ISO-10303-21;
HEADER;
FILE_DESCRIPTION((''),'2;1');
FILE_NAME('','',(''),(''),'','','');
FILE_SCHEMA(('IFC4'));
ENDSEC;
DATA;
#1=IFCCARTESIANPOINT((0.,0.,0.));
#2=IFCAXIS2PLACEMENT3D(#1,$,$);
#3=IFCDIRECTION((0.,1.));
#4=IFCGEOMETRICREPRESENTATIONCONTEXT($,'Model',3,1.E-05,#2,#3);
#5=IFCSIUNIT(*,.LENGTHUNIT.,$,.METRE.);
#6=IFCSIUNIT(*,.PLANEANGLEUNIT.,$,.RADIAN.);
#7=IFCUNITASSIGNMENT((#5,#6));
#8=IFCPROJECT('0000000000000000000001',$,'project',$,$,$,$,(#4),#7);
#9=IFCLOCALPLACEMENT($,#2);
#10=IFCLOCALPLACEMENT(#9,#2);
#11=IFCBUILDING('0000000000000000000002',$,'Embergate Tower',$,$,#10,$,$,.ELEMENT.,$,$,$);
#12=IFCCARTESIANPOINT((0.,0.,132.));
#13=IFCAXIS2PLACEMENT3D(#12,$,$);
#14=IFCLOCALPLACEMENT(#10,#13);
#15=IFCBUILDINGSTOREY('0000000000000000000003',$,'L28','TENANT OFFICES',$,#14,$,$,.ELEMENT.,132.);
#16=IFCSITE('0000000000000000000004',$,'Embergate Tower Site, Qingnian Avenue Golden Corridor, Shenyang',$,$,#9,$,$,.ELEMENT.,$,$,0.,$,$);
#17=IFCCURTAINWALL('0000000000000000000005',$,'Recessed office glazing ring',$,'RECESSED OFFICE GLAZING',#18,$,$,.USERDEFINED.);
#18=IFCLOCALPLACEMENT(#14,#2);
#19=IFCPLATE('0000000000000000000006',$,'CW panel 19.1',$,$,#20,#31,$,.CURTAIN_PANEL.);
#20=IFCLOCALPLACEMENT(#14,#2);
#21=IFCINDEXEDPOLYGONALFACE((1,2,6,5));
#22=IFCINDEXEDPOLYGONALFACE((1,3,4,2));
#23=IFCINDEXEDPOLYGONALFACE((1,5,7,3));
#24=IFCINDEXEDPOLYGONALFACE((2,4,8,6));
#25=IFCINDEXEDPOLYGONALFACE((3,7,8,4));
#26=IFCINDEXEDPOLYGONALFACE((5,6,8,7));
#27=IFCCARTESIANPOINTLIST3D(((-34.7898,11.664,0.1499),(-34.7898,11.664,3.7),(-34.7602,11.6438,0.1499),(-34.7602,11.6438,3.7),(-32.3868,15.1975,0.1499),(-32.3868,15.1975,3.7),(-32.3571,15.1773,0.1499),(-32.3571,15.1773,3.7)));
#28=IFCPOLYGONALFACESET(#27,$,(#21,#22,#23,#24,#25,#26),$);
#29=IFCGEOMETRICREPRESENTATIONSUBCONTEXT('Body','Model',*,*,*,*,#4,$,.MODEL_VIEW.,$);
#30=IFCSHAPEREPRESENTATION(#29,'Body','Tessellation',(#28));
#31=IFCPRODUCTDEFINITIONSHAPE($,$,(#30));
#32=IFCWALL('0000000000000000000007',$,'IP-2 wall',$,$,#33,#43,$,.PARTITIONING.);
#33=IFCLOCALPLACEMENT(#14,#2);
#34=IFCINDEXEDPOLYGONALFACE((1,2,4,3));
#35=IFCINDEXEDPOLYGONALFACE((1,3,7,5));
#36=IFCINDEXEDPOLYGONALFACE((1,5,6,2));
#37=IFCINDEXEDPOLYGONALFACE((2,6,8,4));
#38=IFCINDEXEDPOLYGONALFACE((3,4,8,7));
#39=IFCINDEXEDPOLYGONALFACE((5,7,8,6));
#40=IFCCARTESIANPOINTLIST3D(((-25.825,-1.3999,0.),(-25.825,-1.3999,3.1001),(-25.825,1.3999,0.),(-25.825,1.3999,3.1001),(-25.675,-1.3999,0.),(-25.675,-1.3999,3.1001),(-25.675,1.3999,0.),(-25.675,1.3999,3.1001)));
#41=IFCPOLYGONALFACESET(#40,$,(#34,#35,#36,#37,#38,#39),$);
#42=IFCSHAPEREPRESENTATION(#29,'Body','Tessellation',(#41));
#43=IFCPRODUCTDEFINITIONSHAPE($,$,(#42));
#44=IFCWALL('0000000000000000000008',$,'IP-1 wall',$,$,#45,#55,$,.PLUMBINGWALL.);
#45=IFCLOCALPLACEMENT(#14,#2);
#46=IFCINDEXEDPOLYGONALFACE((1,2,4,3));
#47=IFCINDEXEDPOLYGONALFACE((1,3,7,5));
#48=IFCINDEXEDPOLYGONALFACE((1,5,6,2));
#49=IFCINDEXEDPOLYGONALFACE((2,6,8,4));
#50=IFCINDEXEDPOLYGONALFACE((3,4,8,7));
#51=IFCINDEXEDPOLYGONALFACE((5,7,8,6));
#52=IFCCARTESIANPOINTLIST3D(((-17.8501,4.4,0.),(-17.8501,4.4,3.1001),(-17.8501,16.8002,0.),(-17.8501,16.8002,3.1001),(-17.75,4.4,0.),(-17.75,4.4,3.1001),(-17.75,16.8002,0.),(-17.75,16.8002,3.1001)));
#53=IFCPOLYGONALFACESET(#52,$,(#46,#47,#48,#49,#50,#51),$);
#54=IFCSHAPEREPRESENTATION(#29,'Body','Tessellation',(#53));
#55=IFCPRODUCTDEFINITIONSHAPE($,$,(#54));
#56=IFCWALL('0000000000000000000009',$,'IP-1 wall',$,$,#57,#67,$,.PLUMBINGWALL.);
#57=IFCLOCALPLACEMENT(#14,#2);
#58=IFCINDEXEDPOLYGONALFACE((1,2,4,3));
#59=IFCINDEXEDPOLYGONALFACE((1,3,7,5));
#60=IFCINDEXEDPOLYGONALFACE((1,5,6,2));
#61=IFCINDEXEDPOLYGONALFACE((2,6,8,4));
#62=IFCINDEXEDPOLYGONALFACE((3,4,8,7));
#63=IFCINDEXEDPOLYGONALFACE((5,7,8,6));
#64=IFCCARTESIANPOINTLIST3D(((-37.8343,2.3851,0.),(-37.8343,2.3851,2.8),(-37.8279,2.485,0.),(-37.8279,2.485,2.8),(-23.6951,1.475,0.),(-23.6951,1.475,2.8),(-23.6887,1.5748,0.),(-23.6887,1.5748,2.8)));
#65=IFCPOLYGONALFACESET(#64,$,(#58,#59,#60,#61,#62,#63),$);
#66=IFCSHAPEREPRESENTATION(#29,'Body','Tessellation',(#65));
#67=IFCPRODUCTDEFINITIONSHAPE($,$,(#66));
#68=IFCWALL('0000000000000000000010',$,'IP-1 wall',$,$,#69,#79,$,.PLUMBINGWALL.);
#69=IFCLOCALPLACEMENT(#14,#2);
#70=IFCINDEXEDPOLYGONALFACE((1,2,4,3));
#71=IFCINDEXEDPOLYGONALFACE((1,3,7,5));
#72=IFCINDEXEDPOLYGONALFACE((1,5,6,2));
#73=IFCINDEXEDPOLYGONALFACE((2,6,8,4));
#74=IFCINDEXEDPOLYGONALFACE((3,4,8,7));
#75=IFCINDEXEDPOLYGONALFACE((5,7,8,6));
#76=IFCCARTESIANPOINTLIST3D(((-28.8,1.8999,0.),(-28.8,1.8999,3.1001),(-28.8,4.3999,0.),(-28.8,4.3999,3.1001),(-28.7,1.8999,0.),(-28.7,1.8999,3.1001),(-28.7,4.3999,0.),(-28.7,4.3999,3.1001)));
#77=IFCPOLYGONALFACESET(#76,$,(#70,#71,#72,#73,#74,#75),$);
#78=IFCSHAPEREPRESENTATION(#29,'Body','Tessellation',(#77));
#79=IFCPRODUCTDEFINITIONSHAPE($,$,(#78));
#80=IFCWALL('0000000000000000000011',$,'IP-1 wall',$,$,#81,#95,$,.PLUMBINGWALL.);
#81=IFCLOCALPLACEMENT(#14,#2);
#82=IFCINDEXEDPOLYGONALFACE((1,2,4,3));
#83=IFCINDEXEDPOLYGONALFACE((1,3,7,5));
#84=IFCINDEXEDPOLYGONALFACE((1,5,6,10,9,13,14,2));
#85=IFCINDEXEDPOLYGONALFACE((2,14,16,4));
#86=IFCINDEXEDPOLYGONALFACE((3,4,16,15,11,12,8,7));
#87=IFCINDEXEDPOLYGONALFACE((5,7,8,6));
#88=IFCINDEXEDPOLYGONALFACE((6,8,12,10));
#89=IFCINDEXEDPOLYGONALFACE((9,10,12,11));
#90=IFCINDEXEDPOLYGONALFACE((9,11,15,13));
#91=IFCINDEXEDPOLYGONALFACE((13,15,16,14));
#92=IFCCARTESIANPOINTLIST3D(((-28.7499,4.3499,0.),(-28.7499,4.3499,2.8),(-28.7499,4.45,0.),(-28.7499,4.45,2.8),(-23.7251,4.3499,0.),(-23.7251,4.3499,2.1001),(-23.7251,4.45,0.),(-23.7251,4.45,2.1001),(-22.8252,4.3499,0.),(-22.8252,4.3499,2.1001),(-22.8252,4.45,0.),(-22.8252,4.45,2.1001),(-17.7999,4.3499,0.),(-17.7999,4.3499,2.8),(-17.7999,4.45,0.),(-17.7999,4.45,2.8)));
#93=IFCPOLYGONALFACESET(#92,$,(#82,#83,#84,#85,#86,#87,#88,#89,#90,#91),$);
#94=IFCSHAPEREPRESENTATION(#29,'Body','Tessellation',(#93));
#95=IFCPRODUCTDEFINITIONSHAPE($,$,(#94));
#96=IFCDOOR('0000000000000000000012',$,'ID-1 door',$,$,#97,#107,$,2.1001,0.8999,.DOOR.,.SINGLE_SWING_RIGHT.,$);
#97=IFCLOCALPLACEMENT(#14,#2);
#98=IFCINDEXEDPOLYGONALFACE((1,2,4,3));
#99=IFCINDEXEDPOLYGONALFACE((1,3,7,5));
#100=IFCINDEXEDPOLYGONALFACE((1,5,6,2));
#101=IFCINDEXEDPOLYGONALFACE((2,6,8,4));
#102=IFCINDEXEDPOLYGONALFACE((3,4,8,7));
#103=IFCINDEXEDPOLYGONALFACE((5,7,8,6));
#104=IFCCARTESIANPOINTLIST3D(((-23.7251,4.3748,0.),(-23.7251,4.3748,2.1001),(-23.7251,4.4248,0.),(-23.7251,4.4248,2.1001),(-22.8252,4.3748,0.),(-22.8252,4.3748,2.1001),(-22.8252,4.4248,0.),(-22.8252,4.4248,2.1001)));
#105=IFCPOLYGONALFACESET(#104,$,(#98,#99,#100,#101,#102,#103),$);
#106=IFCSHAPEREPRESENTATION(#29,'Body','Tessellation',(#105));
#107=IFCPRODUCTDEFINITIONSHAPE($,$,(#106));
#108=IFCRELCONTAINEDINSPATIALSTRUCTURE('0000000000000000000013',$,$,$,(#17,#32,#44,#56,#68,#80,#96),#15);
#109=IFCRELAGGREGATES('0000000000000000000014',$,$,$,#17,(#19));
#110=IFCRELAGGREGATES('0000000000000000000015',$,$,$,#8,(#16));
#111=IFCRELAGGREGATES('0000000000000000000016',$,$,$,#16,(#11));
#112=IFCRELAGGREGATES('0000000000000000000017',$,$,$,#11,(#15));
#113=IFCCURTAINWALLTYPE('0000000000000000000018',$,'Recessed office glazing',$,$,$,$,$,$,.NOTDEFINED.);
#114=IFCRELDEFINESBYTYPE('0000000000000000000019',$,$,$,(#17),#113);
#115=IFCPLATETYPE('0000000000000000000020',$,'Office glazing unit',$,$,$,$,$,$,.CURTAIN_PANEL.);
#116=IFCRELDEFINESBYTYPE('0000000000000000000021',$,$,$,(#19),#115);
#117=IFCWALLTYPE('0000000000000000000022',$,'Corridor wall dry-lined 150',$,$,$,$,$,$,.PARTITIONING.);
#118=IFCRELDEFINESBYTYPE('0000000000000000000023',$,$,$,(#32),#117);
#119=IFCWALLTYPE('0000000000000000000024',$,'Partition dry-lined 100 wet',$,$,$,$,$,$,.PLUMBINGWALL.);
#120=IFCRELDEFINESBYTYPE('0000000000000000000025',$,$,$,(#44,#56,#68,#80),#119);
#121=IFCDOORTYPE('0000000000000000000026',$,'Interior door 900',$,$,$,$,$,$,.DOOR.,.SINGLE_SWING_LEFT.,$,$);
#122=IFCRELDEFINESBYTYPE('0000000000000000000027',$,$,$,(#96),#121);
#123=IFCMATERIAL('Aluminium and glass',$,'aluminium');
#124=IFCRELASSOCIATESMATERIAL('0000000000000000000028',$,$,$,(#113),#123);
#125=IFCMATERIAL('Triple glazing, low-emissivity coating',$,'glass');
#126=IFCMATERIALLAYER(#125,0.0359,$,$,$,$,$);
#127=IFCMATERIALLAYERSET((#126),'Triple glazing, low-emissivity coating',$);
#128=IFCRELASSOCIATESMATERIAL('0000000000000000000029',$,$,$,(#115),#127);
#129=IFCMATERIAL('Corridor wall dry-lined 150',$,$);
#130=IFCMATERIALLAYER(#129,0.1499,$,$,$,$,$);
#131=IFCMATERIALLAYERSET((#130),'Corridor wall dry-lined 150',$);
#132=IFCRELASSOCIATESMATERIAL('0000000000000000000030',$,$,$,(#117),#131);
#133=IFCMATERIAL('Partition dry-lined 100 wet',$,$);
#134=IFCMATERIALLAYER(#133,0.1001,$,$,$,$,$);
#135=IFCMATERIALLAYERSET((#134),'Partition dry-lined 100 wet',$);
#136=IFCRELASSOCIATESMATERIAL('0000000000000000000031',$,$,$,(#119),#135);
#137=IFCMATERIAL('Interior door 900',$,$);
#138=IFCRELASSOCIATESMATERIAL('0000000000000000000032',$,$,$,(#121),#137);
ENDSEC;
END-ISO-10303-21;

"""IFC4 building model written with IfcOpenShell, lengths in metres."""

from ifc_helpers import new_model, si_unit, direction, frame, frame_2d, origin, origin_2d, place, context, subcontext, project, spatial, rectangle, extrude, source, transform, mapped, material, layer, layer_set, type_object, element, fill, aggregate, save


model = new_model("IFC4")

# Units and contexts
model_context = context("Model", 3, precision=1e-05, world=origin(), true_north=direction((0.0, 1.0)))
body_context = subcontext(model_context, "Body", "Model", "MODEL_VIEW")
ifc_project = project(units=[si_unit("LENGTHUNIT", "METRE"), si_unit("PLANEANGLEUNIT", "RADIAN")], contexts=[model_context])

# Site, building, storey
site_placement = place(None, origin())
site = spatial("IfcSite", under=ifc_project, at=site_placement, Name="Embergate Tower Site, Qingnian Avenue Golden Corridor, Shenyang", CompositionType="ELEMENT", RefElevation=0.0)
building_placement = place(site_placement, origin())
building = spatial("IfcBuilding", under=site, at=building_placement, Name="Embergate Tower", CompositionType="ELEMENT")
storey_placement = place(building_placement, frame((0.0, 0.0, 132.0)))
storey = spatial("IfcBuildingStorey", under=building, at=storey_placement, Name="L28", Description="TENANT OFFICES", CompositionType="ELEMENT", Elevation=132.0)

# Curtain wall, plate
ifc_material_1 = material(Name="Aluminium and glass", Category="aluminium")
curtain_wall_type = type_object("IfcCurtainWallType", Name="Recessed office glazing", PredefinedType="NOTDEFINED", material=ifc_material_1)
curtain_wall_placement = place(storey_placement, origin())
curtain_wall = element("IfcCurtainWall", 1, at=curtain_wall_placement, inside=storey, type_object=curtain_wall_type, Name="Recessed office glazing ring", ObjectType="RECESSED OFFICE GLAZING", PredefinedType="USERDEFINED")
ifc_material_2 = material(Name="Triple glazing, low-emissivity coating", Category="glass")
ifc_layer_1 = layer(ifc_material_2, 0.0359)
ifc_layer_set_1 = layer_set([ifc_layer_1], Name="Triple glazing, low-emissivity coating")
plate_type = type_object("IfcPlateType", Name="Office glazing unit", PredefinedType="CURTAIN_PANEL", material=ifc_layer_set_1)
shared_shape_1 = source(origin(), body_context, "Body", "SweptSolid", [
    extrude(rectangle(XDim=4.2732, YDim=0.0359, at=origin_2d()), origin(), (0.0, 0.0, 1.0), 3.55),
])
plate_1_placement = place(storey_placement, frame((-33.5735, 13.4207, 0.1499), z_axis=(0.0, 0.0, 1.0), x_axis=(-0.562345, -0.826903, 0.0)))
plate_1 = element("IfcPlate", 2, at=plate_1_placement, type_object=plate_type, Name="CW panel 19.1", PredefinedType="CURTAIN_PANEL", context=body_context, shape_type="MappedRepresentation", body=[
    mapped(shared_shape_1, transform((0.0, 0.0, 0.0))),
])
aggregate(curtain_wall, [plate_1])

# Walls
ifc_material_3 = material(Name="Corridor wall dry-lined 150")
ifc_layer_2 = layer(ifc_material_3, 0.1499)
ifc_layer_set_2 = layer_set([ifc_layer_2], Name="Corridor wall dry-lined 150")
wall_type_1 = type_object("IfcWallType", Name="Corridor wall dry-lined 150", PredefinedType="PARTITIONING", material=ifc_layer_set_2)
shared_shape_2 = source(origin(), body_context, "Body", "SweptSolid", [
    extrude(rectangle(XDim=2.7998, YDim=0.1499, at=frame_2d((1.3999, 0.0))), origin(), (0.0, 0.0, 1.0), 3.1001),
])
wall_1_placement = place(storey_placement, frame((-25.75, 1.3999, 0.0), z_axis=(0.0, 0.0, 1.0), x_axis=(0.0, -1.0, 0.0)))
element("IfcWall", 3, at=wall_1_placement, inside=storey, type_object=wall_type_1, Name="IP-2 wall", PredefinedType="PARTITIONING", context=body_context, shape_type="MappedRepresentation", body=[
    mapped(shared_shape_2, transform((0.0, 0.0, 0.0))),
])
ifc_material_4 = material(Name="Partition dry-lined 100 wet")
ifc_layer_3 = layer(ifc_material_4, 0.1001)
ifc_layer_set_3 = layer_set([ifc_layer_3], Name="Partition dry-lined 100 wet")
wall_type_2 = type_object("IfcWallType", Name="Partition dry-lined 100 wet", PredefinedType="PLUMBINGWALL", material=ifc_layer_set_3)
shared_shape_3 = source(origin(), body_context, "Body", "SweptSolid", [
    extrude(rectangle(XDim=12.4001, YDim=0.1001, at=frame_2d((6.2002, 0.0))), origin(), (0.0, 0.0, 1.0), 3.1001),
])
wall_2_placement = place(storey_placement, frame((-17.8, 4.3999, 0.0), z_axis=(0.0, 0.0, 1.0), x_axis=(0.0, 1.0, 0.0)))
element("IfcWall", 4, at=wall_2_placement, inside=storey, type_object=wall_type_2, Name="IP-1 wall", PredefinedType="PLUMBINGWALL", context=body_context, shape_type="MappedRepresentation", body=[
    mapped(shared_shape_3, transform((0.0, 0.0, 0.0))),
])
shared_shape_4 = source(origin(), body_context, "Body", "SweptSolid", [
    extrude(rectangle(XDim=14.1685, YDim=0.1001, at=frame_2d((7.0842, 0.0))), origin(), (0.0, 0.0, 1.0), 2.8),
])
wall_3_placement = place(storey_placement, frame((-23.6919, 1.5249, 0.0), z_axis=(0.0, 0.0, 1.0), x_axis=(-0.997935, 0.064238, 0.0)))
element("IfcWall", 5, at=wall_3_placement, inside=storey, type_object=wall_type_2, Name="IP-1 wall", PredefinedType="PLUMBINGWALL", context=body_context, shape_type="MappedRepresentation", body=[
    mapped(shared_shape_4, transform((0.0, 0.0, 0.0))),
])
shared_shape_5 = source(origin(), body_context, "Body", "SweptSolid", [
    extrude(rectangle(XDim=2.5, YDim=0.1001, at=frame_2d((1.25, 0.0))), origin(), (0.0, 0.0, 1.0), 3.1001),
])
wall_4_placement = place(storey_placement, frame((-28.75, 1.8999, 0.0), z_axis=(0.0, 0.0, 1.0), x_axis=(0.0, 1.0, 0.0)))
element("IfcWall", 6, at=wall_4_placement, inside=storey, type_object=wall_type_2, Name="IP-1 wall", PredefinedType="PLUMBINGWALL", context=body_context, shape_type="MappedRepresentation", body=[
    mapped(shared_shape_5, transform((0.0, 0.0, 0.0))),
])

# Wall, opening, door
shared_shape_6 = source(origin(), body_context, "Body", "SweptSolid", [
    extrude(rectangle(XDim=10.95, YDim=0.1001, at=frame_2d((5.4751, 0.0))), origin(), (0.0, 0.0, 1.0), 2.8),
])
wall_5_placement = place(storey_placement, frame((-28.75, 4.3999, 0.0), z_axis=(0.0, 0.0, 1.0), x_axis=(1.0, 0.0, 0.0)))
wall_5 = element("IfcWall", 7, at=wall_5_placement, inside=storey, type_object=wall_type_2, Name="IP-1 wall", PredefinedType="PLUMBINGWALL", context=body_context, shape_type="MappedRepresentation", body=[
    mapped(shared_shape_6, transform((0.0, 0.0, 0.0))),
])
shared_shape_7 = source(origin(), body_context, "Body", "SweptSolid", [
    extrude(rectangle(XDim=0.8999, YDim=2.1001, at=frame_2d((0.45, 1.05))), frame((0.0, 0.0601, 0.0), z_axis=(0.0, -1.0, 0.0), x_axis=(1.0, 0.0, 0.0)), (0.0, 0.0, 1.0), 0.1201),
])
opening_placement = place(wall_5_placement, frame((5.0249, 0.0, 0.0)))
opening = element("IfcOpeningElement", 8, at=opening_placement, cuts=wall_5, PredefinedType="OPENING", context=body_context, shape_type="MappedRepresentation", body=[
    mapped(shared_shape_7, transform((0.0, 0.0, 0.0))),
])
ifc_material_5 = material(Name="Interior door 900")
door_type = type_object("IfcDoorType", Name="Interior door 900", OperationType="SINGLE_SWING_LEFT", PredefinedType="DOOR", material=ifc_material_5)
shared_shape_8 = source(origin(), body_context, "Body", "SweptSolid", [
    extrude(rectangle(XDim=0.8999, YDim=2.1001, at=frame_2d((0.45, 1.05))), frame((0.0, 0.0249, 0.0), z_axis=(0.0, -1.0, 0.0), x_axis=(1.0, 0.0, 0.0)), (0.0, 0.0, 1.0), 0.05),
])
door_placement = place(opening_placement, origin())
door = element("IfcDoor", 9, at=door_placement, inside=storey, type_object=door_type, Name="ID-1 door", OperationType="SINGLE_SWING_RIGHT", OverallHeight=2.1001, OverallWidth=0.8999, PredefinedType="DOOR", context=body_context, shape_type="MappedRepresentation", body=[
    mapped(shared_shape_8, transform((0.0, 0.0, 0.0))),
])
fill(opening, door)

save(model, "model.ifc")
